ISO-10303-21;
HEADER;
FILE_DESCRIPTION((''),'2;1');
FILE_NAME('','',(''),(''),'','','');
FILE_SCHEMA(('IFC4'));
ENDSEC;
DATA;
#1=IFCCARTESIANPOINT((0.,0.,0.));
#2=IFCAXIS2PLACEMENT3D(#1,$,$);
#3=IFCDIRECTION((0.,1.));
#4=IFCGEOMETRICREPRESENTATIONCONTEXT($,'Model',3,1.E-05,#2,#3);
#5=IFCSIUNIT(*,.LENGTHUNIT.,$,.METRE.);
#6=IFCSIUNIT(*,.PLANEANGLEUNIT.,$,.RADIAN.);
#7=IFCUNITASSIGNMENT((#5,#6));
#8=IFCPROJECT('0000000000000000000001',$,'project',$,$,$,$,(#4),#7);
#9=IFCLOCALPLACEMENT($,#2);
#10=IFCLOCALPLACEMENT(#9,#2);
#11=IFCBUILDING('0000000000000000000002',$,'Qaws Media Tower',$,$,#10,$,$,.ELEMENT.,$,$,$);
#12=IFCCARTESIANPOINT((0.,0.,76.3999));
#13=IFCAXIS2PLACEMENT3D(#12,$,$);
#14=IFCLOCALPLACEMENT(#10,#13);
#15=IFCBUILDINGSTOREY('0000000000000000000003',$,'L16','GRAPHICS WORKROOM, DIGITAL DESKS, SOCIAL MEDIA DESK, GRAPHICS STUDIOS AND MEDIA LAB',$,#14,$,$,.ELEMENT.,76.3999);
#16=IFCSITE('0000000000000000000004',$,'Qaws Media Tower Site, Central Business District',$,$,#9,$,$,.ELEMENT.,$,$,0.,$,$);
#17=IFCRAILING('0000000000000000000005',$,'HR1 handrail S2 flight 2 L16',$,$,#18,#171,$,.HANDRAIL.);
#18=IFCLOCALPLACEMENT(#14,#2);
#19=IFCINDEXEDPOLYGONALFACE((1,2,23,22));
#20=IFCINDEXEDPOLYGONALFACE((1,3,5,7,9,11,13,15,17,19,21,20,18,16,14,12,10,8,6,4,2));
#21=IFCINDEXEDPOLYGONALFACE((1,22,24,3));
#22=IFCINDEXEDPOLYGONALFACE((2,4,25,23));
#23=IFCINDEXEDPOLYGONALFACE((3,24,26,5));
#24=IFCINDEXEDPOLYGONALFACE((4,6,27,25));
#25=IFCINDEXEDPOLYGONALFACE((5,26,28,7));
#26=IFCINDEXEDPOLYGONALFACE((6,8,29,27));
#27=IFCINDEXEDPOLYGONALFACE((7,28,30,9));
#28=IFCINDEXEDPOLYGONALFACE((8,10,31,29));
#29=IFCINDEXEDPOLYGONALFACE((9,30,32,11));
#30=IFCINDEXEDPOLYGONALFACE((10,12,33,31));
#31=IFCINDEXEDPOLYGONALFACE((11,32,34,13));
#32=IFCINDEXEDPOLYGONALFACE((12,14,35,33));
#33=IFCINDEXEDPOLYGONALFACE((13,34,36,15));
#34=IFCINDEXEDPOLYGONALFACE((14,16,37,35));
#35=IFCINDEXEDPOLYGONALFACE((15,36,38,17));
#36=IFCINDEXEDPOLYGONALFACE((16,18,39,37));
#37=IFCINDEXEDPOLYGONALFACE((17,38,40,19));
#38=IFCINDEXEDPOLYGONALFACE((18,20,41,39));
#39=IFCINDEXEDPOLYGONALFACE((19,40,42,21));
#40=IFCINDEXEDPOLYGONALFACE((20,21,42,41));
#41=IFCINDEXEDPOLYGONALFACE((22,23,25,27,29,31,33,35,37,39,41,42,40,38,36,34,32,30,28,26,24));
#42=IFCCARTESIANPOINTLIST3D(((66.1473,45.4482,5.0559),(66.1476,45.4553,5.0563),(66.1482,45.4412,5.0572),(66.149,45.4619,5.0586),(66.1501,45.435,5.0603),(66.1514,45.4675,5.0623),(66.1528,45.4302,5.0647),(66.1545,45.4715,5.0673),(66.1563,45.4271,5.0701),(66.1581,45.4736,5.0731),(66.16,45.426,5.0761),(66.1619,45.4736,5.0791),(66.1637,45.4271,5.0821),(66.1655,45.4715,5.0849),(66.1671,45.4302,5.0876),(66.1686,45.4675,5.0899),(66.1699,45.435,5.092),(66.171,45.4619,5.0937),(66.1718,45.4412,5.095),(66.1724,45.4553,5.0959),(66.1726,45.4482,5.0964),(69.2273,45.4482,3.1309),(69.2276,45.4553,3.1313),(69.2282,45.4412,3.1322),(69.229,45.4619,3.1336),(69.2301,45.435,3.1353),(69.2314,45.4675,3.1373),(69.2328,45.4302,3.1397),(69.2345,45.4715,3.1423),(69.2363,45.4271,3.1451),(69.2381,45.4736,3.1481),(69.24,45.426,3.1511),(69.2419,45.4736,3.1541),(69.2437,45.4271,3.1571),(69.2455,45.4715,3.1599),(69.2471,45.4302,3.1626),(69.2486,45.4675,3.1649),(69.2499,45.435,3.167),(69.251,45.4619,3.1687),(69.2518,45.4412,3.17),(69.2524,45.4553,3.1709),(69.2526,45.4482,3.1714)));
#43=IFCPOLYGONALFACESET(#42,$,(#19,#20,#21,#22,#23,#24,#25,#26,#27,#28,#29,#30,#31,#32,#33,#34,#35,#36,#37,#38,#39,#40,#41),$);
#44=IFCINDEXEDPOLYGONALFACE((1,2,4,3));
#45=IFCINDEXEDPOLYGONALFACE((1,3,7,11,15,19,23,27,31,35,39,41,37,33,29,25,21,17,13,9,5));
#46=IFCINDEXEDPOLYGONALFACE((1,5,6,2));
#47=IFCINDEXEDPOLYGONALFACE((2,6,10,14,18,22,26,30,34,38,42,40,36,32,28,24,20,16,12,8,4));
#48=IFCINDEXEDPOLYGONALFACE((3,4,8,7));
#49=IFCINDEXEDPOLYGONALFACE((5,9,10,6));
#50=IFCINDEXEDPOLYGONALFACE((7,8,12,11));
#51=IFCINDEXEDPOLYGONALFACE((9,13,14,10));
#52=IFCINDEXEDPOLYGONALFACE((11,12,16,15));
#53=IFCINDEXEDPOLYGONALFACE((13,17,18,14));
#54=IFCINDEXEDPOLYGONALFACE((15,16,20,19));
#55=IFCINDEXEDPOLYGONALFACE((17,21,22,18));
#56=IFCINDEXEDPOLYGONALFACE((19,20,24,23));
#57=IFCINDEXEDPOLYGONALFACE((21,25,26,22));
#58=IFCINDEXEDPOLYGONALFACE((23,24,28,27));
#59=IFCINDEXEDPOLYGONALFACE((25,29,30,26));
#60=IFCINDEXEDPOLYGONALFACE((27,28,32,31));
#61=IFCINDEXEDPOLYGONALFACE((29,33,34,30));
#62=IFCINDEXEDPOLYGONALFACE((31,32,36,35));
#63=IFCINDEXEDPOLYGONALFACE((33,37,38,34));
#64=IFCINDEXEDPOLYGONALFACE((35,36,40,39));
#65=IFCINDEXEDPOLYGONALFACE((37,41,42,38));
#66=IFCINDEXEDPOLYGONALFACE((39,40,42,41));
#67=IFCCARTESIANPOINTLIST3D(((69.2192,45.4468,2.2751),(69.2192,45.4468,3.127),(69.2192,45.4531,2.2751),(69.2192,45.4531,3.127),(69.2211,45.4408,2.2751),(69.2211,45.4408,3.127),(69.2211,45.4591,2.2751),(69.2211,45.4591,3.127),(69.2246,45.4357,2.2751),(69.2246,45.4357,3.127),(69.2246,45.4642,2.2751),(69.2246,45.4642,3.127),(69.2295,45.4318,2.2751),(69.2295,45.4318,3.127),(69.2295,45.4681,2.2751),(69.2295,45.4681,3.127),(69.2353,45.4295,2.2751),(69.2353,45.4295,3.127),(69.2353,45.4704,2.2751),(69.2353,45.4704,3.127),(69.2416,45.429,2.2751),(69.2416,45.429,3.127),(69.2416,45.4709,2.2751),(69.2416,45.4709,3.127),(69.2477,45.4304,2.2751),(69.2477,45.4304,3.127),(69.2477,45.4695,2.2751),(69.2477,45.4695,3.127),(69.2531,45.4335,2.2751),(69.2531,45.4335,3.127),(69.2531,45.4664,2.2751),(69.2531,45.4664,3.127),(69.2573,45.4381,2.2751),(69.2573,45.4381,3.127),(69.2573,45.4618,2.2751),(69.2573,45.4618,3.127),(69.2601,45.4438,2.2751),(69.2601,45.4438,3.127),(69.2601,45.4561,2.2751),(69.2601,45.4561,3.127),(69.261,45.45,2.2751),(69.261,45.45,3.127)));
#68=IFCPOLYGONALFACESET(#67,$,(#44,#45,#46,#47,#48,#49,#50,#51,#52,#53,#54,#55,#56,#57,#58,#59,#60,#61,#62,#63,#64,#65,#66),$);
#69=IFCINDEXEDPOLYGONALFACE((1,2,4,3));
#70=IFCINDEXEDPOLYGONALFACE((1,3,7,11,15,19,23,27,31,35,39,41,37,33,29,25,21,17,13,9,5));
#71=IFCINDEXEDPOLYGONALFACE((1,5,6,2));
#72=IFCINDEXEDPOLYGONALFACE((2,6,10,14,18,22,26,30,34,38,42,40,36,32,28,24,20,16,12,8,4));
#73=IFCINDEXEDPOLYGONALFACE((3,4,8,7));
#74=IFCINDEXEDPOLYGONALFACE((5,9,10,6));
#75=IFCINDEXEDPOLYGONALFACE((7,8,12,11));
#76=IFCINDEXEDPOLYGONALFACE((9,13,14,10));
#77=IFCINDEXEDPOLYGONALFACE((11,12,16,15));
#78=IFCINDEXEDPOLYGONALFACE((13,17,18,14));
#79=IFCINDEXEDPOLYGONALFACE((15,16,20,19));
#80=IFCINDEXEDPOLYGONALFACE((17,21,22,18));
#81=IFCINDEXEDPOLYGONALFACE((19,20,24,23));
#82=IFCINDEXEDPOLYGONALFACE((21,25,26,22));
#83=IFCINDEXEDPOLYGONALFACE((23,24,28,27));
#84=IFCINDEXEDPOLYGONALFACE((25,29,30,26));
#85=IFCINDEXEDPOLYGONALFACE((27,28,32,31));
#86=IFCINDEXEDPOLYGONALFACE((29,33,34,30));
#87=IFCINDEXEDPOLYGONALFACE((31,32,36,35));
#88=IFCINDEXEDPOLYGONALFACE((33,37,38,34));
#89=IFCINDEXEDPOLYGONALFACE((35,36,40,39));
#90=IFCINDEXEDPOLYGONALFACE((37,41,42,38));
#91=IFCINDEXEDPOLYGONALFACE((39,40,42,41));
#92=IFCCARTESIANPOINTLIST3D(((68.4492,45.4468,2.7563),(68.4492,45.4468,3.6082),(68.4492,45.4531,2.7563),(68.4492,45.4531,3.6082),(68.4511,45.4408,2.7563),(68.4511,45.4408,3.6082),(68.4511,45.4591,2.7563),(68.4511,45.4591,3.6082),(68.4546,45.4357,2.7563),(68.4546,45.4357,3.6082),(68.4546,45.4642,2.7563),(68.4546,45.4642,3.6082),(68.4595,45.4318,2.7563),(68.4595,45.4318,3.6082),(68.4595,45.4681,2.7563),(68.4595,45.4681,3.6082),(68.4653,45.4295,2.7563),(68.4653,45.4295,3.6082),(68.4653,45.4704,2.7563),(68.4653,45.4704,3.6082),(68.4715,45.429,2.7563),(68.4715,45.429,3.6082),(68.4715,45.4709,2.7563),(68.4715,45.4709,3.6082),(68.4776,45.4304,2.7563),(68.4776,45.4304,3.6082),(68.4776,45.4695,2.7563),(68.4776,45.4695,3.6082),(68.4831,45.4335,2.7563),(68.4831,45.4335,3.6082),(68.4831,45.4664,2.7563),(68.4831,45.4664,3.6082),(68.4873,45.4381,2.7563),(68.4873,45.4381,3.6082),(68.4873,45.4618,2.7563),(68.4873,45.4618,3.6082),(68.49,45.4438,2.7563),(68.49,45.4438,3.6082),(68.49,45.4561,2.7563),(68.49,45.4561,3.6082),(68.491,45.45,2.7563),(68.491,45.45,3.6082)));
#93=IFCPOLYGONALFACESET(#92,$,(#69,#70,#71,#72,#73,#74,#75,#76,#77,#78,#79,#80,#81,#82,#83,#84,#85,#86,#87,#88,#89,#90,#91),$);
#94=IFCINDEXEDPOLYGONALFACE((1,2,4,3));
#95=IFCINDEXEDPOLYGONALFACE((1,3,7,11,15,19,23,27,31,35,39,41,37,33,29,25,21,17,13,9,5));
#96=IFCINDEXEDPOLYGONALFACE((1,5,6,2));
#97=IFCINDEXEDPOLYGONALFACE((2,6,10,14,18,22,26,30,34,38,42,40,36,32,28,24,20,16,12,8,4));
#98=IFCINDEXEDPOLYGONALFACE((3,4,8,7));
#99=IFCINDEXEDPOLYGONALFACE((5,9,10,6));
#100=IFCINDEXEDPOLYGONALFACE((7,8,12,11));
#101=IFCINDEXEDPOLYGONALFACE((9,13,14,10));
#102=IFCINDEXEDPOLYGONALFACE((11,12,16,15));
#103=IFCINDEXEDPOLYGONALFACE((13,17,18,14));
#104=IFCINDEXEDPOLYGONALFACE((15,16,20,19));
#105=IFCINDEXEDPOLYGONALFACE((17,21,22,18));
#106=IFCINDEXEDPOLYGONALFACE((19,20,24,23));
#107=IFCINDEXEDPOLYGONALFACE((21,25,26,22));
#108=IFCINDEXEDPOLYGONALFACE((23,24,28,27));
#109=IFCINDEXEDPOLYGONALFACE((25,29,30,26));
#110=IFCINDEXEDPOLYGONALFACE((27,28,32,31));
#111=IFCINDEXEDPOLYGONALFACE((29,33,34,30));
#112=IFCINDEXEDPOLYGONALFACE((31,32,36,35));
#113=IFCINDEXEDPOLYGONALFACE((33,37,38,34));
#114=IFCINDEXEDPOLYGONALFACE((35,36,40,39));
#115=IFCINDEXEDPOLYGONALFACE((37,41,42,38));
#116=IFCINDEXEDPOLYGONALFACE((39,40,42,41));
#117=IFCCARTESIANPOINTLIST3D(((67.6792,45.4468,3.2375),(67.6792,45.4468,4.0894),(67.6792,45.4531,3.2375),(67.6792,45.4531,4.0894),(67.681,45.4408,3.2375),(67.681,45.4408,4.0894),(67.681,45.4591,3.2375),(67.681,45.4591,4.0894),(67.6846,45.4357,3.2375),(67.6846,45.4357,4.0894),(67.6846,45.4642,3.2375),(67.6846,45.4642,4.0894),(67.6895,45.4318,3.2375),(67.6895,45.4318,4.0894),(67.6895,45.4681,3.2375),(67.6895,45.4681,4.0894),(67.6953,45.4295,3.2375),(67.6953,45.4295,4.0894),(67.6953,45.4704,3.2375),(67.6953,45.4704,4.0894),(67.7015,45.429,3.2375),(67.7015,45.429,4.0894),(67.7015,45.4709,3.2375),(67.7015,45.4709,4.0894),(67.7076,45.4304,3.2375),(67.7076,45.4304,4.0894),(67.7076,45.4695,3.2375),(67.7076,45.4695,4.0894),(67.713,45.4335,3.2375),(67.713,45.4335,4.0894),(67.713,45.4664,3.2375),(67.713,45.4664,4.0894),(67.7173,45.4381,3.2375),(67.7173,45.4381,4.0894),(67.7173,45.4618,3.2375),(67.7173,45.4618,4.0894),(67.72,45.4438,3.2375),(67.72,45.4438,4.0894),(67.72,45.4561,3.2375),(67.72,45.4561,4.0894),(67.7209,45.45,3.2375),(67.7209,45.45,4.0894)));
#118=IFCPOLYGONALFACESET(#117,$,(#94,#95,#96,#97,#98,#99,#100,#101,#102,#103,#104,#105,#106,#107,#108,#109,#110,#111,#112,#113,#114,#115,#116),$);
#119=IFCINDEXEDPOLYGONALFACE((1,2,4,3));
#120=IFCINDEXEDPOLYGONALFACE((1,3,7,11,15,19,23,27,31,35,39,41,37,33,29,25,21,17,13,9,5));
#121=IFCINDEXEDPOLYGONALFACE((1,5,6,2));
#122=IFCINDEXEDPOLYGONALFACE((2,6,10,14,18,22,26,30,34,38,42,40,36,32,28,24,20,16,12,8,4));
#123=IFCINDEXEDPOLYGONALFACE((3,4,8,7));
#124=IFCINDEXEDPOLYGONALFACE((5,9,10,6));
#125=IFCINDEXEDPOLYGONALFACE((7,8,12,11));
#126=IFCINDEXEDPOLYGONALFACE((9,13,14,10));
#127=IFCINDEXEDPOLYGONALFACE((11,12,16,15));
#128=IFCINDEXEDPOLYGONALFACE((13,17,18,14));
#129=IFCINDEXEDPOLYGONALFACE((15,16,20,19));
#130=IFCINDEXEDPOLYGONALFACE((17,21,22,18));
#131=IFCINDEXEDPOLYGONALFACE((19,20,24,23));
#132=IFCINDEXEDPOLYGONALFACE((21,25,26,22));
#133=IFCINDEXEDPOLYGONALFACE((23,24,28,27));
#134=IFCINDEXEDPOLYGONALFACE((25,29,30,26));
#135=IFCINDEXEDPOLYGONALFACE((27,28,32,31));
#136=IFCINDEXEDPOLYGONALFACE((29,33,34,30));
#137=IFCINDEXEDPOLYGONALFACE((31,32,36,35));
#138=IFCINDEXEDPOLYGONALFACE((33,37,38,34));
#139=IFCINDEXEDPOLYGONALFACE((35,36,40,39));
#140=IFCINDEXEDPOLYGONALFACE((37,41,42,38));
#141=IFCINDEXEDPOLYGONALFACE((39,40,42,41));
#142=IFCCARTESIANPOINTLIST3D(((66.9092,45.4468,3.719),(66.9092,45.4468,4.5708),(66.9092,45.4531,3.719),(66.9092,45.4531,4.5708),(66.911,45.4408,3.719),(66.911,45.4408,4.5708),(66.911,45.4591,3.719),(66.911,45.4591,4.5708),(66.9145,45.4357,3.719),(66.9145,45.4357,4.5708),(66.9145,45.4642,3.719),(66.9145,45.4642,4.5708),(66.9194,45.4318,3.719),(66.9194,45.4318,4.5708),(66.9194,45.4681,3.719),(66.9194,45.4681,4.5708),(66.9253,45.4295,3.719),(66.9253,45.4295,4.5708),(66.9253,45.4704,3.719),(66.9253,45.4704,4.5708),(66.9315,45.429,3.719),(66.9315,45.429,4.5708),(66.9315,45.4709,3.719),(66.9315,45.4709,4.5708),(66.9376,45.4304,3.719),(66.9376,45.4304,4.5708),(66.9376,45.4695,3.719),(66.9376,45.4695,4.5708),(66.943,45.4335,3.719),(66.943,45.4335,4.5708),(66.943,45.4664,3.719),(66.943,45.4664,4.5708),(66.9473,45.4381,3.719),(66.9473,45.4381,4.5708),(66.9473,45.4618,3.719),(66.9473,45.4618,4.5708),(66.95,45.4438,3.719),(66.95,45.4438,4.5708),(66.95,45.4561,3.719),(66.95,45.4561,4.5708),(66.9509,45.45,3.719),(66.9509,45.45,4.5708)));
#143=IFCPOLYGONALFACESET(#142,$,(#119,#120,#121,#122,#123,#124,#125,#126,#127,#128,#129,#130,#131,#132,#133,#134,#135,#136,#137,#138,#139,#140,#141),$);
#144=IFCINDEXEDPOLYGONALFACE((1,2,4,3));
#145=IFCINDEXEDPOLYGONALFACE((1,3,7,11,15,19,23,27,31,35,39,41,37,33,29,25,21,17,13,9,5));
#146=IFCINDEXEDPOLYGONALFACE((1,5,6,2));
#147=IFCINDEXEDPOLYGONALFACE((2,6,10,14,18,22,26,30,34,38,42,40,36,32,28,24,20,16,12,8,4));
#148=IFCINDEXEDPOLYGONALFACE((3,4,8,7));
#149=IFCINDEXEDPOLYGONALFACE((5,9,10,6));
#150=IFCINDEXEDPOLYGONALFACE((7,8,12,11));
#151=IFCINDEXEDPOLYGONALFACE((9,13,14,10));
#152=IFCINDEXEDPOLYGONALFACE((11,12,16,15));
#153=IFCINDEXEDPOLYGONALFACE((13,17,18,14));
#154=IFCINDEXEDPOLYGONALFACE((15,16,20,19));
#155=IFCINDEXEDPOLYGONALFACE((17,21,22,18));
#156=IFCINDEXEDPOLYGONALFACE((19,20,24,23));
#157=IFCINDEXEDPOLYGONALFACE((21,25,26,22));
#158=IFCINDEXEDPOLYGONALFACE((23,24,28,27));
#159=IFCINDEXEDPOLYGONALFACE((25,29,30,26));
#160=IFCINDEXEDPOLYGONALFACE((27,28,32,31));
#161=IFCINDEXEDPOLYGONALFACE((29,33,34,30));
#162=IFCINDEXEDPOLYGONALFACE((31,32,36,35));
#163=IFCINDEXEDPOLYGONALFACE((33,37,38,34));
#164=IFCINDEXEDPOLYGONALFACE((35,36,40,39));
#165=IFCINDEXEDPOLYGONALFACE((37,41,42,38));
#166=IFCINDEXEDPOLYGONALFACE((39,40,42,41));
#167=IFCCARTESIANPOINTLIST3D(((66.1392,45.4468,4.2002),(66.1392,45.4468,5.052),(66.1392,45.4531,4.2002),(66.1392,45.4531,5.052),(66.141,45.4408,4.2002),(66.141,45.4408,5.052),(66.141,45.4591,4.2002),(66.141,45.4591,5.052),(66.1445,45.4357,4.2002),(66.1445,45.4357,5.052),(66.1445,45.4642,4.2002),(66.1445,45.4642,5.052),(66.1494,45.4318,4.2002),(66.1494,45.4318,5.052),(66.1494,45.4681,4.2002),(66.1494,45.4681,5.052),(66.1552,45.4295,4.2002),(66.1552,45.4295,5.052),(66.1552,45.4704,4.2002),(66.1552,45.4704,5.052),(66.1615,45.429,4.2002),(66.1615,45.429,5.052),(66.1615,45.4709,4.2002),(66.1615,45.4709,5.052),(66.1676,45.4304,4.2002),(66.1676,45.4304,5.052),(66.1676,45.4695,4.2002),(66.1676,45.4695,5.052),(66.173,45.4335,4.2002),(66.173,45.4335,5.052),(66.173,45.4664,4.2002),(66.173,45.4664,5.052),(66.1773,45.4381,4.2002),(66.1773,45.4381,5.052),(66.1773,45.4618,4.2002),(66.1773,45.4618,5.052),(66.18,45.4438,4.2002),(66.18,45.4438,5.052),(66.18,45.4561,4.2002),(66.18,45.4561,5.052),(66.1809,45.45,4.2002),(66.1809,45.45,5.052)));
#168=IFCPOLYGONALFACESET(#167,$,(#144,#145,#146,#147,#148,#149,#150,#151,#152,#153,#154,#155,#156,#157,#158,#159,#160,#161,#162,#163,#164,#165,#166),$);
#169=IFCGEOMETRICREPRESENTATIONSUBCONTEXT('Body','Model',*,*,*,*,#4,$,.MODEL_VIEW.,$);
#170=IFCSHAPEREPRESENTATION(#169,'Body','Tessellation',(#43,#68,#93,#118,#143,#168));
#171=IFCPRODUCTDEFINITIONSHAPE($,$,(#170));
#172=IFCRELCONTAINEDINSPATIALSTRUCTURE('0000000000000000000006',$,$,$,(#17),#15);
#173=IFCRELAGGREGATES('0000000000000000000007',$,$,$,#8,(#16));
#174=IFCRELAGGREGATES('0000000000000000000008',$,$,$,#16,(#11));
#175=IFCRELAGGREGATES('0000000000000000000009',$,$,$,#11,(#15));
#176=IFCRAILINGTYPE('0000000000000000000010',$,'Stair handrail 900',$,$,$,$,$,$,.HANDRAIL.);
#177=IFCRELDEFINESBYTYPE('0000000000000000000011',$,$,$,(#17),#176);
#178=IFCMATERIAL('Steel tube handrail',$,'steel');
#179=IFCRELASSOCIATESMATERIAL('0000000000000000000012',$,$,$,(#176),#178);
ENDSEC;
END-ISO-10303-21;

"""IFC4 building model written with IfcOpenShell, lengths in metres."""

from ifc_helpers import new_model, si_unit, direction, frame, origin, origin_2d, place, context, subcontext, project, spatial, circle, extrude, material, type_object, element, save


model = new_model("IFC4")

# Units and contexts
model_context = context("Model", 3, precision=1e-05, world=origin(), true_north=direction((0.0, 1.0)))
body_context = subcontext(model_context, "Body", "Model", "MODEL_VIEW")
ifc_project = project(units=[si_unit("LENGTHUNIT", "METRE"), si_unit("PLANEANGLEUNIT", "RADIAN")], contexts=[model_context])

# Site, building, storey
site_placement = place(None, origin())
site = spatial("IfcSite", under=ifc_project, at=site_placement, Name="Qaws Media Tower Site, Central Business District", CompositionType="ELEMENT", RefElevation=0.0)
building_placement = place(site_placement, origin())
building = spatial("IfcBuilding", under=site, at=building_placement, Name="Qaws Media Tower", CompositionType="ELEMENT")
storey_placement = place(building_placement, frame((0.0, 0.0, 76.3999)))
storey = spatial("IfcBuildingStorey", under=building, at=storey_placement, Name="L16", Description="GRAPHICS WORKROOM, DIGITAL DESKS, SOCIAL MEDIA DESK, GRAPHICS STUDIOS AND MEDIA LAB", CompositionType="ELEMENT", Elevation=76.3999)

# Railing
ifc_material_1 = material(Name="Steel tube handrail", Category="steel")
railing_type = type_object("IfcRailingType", Name="Stair handrail 900", PredefinedType="HANDRAIL", material=ifc_material_1)
for number, where, name in (
    (1, (69.24, 45.45, 2.2751), "HR1 handrail S2 flight 2 L16"),
):
    element("IfcRailing", number, at=place(storey_placement, frame(where)), inside=storey, type_object=railing_type, Name=name, PredefinedType="HANDRAIL", context=body_context, shape_type="SweptSolid", body=[
        extrude(circle(Radius=0.0239, at=origin_2d()), frame((0.0, 0.0, 0.876), z_axis=(-0.847998, 0.0, 0.529999), x_axis=(0.0, -1.0, 0.0)), (0.0, 0.0, 1.0), 3.6321),
        extrude(circle(Radius=0.021, at=origin_2d()), origin(), (0.0, 0.0, 1.0), 0.8518),
        extrude(circle(Radius=0.021, at=origin_2d()), frame((-0.77, 0.0, 0.4812)), (0.0, 0.0, 1.0), 0.8518),
        extrude(circle(Radius=0.021, at=origin_2d()), frame((-1.54, 0.0, 0.9624)), (0.0, 0.0, 1.0), 0.8518),
        extrude(circle(Radius=0.021, at=origin_2d()), frame((-2.3101, 0.0, 1.4438)), (0.0, 0.0, 1.0), 0.8518),
        extrude(circle(Radius=0.021, at=origin_2d()), frame((-3.0801, 0.0, 1.925)), (0.0, 0.0, 1.0), 0.8518),
    ])

save(model, "model.ifc")
